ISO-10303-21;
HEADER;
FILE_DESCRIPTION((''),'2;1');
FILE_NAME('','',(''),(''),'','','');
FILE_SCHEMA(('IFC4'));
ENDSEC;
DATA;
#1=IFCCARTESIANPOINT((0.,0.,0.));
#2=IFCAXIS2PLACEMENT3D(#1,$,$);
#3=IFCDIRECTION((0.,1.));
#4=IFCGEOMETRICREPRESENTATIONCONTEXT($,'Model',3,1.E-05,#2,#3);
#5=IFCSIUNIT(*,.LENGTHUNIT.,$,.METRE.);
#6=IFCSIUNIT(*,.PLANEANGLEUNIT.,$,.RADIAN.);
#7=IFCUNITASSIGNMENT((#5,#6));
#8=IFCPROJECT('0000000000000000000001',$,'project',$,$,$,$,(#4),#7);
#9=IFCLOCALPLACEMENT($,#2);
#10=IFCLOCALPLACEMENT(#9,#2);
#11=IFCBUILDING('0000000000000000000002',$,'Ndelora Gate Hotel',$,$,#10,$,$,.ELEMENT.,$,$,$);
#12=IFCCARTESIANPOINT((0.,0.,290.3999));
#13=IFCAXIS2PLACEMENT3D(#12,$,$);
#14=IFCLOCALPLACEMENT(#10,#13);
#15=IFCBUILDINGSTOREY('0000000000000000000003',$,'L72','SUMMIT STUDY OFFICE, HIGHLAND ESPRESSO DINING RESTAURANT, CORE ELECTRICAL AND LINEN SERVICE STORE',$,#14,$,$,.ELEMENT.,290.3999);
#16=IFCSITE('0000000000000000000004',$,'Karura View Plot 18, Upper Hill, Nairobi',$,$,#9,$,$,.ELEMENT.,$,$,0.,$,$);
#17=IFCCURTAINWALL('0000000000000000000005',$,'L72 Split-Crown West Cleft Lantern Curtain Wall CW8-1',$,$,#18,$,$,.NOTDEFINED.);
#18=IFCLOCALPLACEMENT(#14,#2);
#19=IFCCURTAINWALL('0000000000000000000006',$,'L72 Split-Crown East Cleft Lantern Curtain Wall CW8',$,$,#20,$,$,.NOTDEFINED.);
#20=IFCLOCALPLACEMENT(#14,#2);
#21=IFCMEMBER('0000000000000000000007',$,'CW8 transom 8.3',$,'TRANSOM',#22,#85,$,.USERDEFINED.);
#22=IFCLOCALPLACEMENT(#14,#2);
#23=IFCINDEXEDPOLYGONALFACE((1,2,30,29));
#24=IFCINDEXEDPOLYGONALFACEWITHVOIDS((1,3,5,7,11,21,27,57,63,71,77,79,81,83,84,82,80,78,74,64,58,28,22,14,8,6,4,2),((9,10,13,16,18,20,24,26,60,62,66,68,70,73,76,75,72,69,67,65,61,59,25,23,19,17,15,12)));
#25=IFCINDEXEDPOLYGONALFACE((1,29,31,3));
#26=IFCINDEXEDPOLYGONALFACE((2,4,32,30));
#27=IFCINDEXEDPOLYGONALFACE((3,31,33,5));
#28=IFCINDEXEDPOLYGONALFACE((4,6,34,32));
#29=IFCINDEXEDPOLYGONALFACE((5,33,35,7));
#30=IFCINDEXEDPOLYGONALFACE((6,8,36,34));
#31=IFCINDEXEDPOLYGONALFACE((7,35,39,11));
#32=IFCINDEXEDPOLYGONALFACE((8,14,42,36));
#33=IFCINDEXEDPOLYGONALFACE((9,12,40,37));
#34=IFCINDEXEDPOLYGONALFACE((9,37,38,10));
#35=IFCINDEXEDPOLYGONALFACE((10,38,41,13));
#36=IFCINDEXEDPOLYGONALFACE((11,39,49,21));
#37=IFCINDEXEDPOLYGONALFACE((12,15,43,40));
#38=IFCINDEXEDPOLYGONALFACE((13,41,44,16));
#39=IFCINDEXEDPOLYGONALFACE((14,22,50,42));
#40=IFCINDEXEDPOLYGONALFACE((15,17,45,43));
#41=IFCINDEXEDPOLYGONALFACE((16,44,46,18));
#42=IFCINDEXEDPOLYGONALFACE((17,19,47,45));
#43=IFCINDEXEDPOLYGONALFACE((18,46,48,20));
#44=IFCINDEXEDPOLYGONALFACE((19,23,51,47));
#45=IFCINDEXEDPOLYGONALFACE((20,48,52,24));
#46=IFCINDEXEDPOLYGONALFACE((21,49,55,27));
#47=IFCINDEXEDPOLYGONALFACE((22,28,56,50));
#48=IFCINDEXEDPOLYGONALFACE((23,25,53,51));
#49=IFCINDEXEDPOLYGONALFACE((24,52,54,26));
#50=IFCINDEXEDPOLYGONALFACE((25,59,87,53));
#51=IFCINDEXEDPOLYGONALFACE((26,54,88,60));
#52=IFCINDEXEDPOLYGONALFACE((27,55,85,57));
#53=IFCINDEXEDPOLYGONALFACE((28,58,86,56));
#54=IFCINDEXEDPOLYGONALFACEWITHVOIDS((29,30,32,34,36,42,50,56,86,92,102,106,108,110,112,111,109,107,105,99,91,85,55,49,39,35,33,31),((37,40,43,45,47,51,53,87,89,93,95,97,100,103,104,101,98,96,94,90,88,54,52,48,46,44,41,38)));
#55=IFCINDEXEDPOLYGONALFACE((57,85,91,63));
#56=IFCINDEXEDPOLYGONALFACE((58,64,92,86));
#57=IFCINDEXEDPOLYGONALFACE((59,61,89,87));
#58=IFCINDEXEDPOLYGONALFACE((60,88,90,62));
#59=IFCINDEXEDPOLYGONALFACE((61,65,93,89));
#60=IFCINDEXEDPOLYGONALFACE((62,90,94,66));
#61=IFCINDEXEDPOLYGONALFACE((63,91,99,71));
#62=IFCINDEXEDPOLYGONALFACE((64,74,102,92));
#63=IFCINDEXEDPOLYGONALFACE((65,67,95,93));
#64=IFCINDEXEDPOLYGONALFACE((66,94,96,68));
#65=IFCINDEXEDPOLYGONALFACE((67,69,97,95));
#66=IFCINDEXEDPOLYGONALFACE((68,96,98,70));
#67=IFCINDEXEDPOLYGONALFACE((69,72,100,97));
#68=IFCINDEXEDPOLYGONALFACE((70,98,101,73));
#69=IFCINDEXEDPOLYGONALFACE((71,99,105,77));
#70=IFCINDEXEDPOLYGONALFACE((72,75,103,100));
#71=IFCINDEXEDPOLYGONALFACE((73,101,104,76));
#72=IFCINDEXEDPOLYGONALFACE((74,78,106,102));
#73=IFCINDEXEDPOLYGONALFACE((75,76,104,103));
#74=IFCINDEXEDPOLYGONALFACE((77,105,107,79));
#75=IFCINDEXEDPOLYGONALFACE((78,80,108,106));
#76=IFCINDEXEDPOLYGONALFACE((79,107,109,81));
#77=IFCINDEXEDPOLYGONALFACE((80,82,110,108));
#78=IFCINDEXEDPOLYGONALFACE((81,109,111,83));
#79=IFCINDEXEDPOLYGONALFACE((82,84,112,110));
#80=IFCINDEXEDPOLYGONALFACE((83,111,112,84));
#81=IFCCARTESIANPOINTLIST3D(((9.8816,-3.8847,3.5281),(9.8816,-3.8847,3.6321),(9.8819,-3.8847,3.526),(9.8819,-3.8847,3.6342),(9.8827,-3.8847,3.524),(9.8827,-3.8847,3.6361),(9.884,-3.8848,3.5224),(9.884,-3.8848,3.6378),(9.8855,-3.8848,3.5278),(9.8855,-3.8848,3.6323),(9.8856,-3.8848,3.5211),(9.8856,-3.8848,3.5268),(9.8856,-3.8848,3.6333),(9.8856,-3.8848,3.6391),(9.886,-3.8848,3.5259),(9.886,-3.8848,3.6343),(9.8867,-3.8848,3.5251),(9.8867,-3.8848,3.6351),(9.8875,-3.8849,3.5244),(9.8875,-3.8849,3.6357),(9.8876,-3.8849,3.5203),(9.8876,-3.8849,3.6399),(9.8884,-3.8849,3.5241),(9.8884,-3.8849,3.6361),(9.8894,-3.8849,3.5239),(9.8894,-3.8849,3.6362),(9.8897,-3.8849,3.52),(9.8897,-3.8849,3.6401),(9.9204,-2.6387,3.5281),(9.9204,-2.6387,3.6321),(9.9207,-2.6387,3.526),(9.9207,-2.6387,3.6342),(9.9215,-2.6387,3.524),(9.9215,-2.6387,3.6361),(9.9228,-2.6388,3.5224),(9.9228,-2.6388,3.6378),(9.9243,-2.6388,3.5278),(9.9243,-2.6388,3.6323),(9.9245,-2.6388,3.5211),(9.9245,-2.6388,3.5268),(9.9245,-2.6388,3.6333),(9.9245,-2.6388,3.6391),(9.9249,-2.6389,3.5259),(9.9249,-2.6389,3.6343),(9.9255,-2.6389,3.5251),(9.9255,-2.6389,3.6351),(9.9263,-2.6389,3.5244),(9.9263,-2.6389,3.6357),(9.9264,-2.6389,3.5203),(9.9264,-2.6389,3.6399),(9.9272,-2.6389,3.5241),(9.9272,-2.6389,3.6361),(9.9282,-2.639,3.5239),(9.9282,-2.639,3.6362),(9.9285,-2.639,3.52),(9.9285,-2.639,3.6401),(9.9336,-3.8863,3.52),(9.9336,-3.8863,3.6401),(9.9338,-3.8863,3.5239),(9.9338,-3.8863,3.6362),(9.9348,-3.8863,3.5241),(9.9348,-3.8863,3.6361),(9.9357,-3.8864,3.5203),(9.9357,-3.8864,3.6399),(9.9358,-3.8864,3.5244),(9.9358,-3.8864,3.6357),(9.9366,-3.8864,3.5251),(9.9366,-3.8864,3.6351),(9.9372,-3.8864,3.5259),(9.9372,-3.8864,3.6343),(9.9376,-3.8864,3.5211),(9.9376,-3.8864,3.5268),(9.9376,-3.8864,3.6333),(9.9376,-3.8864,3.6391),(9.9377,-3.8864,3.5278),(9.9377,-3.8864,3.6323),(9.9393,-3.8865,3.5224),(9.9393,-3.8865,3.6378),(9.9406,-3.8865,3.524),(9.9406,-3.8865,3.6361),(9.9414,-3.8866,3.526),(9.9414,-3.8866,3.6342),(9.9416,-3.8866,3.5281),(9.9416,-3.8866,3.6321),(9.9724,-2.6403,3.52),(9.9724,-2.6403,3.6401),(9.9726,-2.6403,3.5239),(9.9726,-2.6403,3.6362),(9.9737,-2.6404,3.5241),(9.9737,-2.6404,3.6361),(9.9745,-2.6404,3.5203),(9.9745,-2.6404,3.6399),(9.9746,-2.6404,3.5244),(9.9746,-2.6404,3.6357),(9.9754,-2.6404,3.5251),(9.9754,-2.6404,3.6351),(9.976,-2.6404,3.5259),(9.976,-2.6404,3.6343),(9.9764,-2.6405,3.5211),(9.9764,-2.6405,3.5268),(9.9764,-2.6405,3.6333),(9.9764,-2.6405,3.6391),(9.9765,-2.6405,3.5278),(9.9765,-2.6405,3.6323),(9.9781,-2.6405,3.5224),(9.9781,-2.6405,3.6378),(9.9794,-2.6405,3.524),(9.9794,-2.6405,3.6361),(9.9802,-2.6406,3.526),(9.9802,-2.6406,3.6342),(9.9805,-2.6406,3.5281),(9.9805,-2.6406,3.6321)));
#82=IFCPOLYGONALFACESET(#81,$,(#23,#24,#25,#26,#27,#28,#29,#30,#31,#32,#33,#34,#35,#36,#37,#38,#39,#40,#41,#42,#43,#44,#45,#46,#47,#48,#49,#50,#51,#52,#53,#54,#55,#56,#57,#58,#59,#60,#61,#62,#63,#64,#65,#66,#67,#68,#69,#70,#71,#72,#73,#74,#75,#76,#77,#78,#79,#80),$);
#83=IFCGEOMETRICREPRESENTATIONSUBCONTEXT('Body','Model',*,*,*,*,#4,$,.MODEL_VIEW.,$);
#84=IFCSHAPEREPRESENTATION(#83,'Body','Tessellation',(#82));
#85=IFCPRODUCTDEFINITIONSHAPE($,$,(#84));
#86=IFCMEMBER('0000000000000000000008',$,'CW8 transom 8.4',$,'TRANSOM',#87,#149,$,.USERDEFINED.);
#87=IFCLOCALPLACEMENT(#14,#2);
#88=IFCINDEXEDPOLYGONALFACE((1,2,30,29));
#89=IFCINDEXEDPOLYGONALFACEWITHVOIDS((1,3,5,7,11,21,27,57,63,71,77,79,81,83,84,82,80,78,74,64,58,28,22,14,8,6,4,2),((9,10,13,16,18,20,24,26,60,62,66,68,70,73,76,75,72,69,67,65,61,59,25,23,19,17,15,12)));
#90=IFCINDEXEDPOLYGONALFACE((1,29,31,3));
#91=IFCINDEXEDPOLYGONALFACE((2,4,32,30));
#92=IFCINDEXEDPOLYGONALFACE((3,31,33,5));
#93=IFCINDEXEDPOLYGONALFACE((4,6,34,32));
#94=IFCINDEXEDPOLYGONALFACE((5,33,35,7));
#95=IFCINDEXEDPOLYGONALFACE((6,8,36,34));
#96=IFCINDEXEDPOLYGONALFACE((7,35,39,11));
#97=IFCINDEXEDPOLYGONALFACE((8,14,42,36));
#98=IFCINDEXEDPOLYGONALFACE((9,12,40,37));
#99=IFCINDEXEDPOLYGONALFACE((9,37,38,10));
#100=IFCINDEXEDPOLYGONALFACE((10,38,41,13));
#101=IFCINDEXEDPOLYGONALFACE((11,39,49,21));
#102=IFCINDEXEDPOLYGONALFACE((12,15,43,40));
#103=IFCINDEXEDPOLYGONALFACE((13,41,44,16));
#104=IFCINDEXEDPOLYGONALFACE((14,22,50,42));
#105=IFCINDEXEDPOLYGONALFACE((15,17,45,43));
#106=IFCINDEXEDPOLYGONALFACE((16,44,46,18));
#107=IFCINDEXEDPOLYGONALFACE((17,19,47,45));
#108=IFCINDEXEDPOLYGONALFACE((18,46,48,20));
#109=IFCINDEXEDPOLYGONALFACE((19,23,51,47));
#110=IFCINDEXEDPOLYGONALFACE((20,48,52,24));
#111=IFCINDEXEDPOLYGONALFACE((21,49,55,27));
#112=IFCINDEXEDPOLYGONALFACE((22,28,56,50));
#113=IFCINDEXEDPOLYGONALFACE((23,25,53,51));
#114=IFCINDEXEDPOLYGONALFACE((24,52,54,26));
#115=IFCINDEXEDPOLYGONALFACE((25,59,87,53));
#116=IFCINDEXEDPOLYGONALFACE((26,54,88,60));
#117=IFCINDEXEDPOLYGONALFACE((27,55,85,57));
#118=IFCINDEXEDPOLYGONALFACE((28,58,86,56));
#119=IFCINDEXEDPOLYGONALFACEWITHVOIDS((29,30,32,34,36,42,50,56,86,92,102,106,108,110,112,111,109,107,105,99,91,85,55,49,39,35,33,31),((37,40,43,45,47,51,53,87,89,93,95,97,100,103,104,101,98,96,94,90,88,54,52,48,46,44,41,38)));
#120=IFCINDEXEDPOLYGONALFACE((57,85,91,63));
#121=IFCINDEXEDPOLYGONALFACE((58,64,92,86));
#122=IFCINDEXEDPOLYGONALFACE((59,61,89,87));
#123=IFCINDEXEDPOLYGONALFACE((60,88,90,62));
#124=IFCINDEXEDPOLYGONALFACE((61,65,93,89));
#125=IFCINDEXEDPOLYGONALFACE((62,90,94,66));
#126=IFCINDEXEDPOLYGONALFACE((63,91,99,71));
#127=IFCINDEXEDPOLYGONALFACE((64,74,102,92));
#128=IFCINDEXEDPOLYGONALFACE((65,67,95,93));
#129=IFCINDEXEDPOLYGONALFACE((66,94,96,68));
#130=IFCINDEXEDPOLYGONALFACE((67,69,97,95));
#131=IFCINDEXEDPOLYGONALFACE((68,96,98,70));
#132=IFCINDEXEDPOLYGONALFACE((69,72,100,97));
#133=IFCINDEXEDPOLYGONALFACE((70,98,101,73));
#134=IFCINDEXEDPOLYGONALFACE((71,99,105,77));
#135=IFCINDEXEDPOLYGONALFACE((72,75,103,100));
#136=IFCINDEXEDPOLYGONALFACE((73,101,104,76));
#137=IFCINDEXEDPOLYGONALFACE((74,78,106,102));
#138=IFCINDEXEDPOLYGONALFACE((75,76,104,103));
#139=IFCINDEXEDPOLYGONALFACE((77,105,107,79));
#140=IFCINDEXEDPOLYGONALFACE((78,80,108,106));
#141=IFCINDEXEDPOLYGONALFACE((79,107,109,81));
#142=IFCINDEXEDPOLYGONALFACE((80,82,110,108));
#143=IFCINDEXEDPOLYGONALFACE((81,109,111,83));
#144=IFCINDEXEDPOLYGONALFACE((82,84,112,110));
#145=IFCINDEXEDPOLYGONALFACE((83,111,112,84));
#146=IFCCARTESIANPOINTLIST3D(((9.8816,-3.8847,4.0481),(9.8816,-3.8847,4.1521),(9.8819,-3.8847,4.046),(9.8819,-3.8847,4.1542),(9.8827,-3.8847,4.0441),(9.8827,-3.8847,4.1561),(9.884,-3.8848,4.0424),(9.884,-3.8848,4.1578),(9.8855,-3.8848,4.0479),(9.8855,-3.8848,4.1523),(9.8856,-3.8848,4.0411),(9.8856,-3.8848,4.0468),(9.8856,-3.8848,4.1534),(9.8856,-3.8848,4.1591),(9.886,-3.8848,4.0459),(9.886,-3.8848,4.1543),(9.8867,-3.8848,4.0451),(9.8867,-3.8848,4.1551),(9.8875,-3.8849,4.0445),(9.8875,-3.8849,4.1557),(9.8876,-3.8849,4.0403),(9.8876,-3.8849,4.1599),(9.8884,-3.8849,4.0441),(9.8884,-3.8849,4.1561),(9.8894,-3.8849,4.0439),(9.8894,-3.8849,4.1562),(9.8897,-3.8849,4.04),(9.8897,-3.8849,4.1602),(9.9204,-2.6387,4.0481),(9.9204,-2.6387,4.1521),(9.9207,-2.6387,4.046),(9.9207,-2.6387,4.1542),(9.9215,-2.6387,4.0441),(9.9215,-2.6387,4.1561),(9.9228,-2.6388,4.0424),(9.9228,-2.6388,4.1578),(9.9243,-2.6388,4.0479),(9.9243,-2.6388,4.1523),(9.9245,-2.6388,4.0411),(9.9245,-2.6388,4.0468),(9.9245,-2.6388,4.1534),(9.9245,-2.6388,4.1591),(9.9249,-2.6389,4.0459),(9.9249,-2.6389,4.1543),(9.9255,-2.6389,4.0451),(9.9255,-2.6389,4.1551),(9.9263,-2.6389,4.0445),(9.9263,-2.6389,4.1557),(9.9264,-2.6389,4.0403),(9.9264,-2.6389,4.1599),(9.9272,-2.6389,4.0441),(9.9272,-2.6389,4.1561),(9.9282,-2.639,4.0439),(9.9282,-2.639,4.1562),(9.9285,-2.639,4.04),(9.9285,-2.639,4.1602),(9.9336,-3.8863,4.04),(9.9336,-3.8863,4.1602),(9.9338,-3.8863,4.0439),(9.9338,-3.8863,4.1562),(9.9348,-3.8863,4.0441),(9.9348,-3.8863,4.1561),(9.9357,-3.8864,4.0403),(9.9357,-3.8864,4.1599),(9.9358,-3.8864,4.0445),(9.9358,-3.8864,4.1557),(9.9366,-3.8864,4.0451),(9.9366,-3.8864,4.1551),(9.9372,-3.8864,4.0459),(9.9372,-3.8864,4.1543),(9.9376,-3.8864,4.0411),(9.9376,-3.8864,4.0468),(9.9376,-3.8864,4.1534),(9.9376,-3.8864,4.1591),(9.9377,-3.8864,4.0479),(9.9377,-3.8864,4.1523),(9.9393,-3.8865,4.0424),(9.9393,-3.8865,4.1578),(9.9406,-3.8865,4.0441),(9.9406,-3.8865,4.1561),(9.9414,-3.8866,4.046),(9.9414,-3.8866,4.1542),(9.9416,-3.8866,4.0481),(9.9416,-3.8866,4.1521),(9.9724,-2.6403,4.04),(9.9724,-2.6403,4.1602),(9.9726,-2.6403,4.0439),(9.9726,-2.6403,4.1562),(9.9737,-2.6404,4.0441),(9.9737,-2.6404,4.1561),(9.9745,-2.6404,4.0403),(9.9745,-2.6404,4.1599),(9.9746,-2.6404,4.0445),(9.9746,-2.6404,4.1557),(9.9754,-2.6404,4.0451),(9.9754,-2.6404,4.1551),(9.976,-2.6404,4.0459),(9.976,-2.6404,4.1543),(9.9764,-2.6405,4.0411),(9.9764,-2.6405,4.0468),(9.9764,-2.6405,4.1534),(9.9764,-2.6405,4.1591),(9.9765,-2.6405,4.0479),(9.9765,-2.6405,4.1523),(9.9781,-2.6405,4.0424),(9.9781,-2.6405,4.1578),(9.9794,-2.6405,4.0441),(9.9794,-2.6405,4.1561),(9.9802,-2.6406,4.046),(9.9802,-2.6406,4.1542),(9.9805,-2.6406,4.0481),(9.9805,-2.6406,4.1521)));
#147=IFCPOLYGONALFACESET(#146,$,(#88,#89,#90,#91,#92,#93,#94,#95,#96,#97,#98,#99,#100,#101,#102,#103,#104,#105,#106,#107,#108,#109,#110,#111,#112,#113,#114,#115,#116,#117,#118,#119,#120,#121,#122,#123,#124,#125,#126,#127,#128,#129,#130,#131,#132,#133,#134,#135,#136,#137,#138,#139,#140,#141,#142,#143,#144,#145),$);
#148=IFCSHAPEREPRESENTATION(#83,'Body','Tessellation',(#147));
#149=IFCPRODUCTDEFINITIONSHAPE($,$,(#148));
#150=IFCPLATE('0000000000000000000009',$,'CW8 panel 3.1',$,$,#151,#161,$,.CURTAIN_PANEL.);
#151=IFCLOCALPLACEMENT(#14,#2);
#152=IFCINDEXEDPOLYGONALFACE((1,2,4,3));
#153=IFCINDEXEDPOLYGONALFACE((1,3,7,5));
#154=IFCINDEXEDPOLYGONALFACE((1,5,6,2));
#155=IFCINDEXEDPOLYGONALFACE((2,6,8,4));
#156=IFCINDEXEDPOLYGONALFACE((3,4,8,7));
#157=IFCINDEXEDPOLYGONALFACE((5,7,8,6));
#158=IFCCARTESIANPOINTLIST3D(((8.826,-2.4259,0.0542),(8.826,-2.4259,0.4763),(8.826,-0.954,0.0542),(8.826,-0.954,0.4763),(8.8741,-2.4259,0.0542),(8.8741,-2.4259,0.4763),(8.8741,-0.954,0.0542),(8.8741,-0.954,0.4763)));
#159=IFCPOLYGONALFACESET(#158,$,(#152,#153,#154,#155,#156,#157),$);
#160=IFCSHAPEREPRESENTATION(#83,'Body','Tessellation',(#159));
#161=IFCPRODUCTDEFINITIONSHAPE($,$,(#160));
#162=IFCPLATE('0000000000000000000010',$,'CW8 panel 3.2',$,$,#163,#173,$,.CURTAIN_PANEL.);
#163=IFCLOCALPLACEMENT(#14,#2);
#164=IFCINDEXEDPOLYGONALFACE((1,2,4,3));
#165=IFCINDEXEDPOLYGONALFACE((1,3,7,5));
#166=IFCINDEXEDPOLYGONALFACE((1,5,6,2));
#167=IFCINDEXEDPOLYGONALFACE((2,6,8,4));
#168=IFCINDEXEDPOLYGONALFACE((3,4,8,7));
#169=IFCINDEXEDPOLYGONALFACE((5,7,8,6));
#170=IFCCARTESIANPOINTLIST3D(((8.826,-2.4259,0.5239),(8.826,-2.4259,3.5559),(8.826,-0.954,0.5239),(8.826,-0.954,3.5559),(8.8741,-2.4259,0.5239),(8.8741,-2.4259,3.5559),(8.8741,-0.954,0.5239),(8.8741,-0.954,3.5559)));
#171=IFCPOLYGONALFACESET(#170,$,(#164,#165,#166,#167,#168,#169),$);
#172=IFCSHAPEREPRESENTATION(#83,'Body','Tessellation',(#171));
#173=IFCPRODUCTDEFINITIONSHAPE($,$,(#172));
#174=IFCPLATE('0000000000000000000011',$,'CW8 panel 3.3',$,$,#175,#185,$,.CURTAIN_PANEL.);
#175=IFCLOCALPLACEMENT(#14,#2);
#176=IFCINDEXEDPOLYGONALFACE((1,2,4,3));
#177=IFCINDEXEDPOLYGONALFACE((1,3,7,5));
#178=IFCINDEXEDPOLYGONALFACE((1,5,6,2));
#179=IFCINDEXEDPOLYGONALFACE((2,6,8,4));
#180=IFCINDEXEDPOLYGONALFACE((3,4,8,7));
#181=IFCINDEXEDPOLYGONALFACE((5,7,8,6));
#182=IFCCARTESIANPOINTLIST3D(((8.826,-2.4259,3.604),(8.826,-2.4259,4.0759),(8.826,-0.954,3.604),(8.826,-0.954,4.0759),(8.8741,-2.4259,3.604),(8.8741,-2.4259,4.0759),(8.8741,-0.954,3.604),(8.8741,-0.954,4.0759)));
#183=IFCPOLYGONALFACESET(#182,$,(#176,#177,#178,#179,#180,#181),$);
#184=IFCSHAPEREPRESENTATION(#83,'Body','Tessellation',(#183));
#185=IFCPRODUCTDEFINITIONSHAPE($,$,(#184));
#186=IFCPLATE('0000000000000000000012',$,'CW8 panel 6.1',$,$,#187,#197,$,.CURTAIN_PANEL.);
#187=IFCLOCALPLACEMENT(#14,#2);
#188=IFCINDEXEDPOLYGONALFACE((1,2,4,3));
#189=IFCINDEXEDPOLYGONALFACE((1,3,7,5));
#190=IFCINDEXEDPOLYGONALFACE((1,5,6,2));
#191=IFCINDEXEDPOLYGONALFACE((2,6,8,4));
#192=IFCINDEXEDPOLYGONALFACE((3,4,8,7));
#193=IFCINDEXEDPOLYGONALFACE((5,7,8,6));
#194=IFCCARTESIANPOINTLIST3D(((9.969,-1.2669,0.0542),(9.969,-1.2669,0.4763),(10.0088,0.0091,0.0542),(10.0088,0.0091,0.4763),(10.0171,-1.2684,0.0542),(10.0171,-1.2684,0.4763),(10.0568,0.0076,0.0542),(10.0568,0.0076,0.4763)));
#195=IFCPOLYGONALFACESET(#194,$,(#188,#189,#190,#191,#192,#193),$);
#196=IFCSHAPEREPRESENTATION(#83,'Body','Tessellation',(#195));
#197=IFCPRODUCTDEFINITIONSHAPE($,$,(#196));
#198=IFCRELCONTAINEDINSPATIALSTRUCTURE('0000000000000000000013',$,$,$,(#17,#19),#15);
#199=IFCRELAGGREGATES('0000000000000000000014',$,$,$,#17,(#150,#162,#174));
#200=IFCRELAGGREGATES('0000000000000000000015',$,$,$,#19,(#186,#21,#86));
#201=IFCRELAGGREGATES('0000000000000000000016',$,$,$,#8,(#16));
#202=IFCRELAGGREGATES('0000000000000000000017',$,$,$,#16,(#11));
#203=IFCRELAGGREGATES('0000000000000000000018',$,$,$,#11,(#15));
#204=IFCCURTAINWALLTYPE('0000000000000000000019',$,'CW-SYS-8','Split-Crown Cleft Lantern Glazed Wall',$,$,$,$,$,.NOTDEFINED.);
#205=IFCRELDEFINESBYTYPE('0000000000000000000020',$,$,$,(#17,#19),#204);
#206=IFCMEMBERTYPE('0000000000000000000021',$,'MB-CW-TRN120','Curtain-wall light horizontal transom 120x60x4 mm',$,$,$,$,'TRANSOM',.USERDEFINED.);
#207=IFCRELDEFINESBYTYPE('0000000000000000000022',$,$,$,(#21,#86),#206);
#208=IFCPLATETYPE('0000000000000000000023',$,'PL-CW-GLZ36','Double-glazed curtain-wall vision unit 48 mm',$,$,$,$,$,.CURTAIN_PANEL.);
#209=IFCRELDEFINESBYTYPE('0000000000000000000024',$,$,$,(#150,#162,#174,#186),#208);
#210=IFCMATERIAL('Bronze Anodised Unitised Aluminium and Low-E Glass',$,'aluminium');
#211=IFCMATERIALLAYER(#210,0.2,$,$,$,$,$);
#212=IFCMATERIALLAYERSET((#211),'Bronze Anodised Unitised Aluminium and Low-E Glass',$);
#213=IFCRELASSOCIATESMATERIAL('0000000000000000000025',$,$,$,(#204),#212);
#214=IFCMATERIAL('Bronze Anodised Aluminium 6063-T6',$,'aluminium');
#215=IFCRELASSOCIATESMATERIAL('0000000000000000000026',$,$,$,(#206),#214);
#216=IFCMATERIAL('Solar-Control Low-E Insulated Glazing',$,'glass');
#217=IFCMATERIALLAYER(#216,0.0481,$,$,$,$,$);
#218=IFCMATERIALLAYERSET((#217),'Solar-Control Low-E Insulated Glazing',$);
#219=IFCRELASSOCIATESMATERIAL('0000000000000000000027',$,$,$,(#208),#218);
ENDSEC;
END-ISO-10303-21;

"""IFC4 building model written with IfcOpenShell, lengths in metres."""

from ifc_helpers import new_model, si_unit, direction, frame, origin, origin_2d, place, context, subcontext, project, spatial, rectangle, hollow_rectangle, extrude, material, layer, layer_set, material_profile, profile_set, type_object, element, aggregate, save


model = new_model("IFC4")

# Units and contexts
model_context = context("Model", 3, precision=1e-05, world=origin(), true_north=direction((0.0, 1.0)))
body_context = subcontext(model_context, "Body", "Model", "MODEL_VIEW")
ifc_project = project(units=[si_unit("LENGTHUNIT", "METRE"), si_unit("PLANEANGLEUNIT", "RADIAN")], contexts=[model_context])

# Site, building, storey
site_placement = place(None, origin())
site = spatial("IfcSite", under=ifc_project, at=site_placement, Name="Karura View Plot 18, Upper Hill, Nairobi", CompositionType="ELEMENT", RefElevation=0.0)
building_placement = place(site_placement, origin())
building = spatial("IfcBuilding", under=site, at=building_placement, Name="Ndelora Gate Hotel", CompositionType="ELEMENT")
storey_placement = place(building_placement, frame((0.0, 0.0, 290.3999)))
storey = spatial("IfcBuildingStorey", under=building, at=storey_placement, Name="L72", Description="SUMMIT STUDY OFFICE, HIGHLAND ESPRESSO DINING RESTAURANT, CORE ELECTRICAL AND LINEN SERVICE STORE", CompositionType="ELEMENT", Elevation=290.3999)

# Curtain wall
ifc_material_1 = material(Name="Bronze Anodised Unitised Aluminium and Low-E Glass", Category="aluminium")
ifc_layer_1 = layer(ifc_material_1, 0.2)
ifc_layer_set_1 = layer_set([ifc_layer_1], Name="Bronze Anodised Unitised Aluminium and Low-E Glass")
curtain_wall_type = type_object("IfcCurtainWallType", Name="CW-SYS-8", Description="Split-Crown Cleft Lantern Glazed Wall", PredefinedType="NOTDEFINED", material=ifc_layer_set_1)
curtain_wall_1_placement = place(storey_placement, origin())
curtain_wall_1 = element("IfcCurtainWall", 1, at=curtain_wall_1_placement, inside=storey, type_object=curtain_wall_type, Name="L72 Split-Crown West Cleft Lantern Curtain Wall CW8-1", PredefinedType="NOTDEFINED")
ifc_material_2 = material(Name="Bronze Anodised Aluminium 6063-T6", Category="aluminium")

# Curtain wall, members
curtain_wall_2_placement = place(storey_placement, origin())
curtain_wall_2 = element("IfcCurtainWall", 2, at=curtain_wall_2_placement, inside=storey, type_object=curtain_wall_type, Name="L72 Split-Crown East Cleft Lantern Curtain Wall CW8", PredefinedType="NOTDEFINED")
ifc_material_profile_1 = material_profile(ifc_material_2, hollow_rectangle(XDim=0.0601, YDim=0.1201, WallThickness=0.0039, InnerFilletRadius=0.0039, OuterFilletRadius=0.0081, at=origin_2d()), Name="ALU 120x60x4")
ifc_profile_set_1 = profile_set([ifc_material_profile_1], Name="Bronze Anodised Aluminium 6063-T6")
member_type_1 = type_object("IfcMemberType", Name="MB-CW-TRN120", Description="Curtain-wall light horizontal transom 120x60x4 mm", ElementType="TRANSOM", PredefinedType="USERDEFINED", material=ifc_profile_set_1)
member_1_placement = place(storey_placement, frame((9.9504, -2.6396, 3.5801), z_axis=(-0.031137, -0.999515, 0.0), x_axis=(0.999515, -0.031137, 0.0)))
member_1 = element("IfcMember", 3, at=member_1_placement, type_object=member_type_1, Name="CW8 transom 8.3", ObjectType="TRANSOM", PredefinedType="USERDEFINED", context=body_context, shape_type="SweptSolid", body=[
    extrude(hollow_rectangle(XDim=0.0601, YDim=0.1201, WallThickness=0.0039, InnerFilletRadius=0.0039, OuterFilletRadius=0.0081, at=origin_2d()), origin(), (0.0, 0.0, 1.0), 1.2466),
])
member_2_placement = place(storey_placement, frame((9.9504, -2.6396, 4.1001), z_axis=(-0.031137, -0.999515, 0.0), x_axis=(0.999515, -0.031137, 0.0)))
member_2 = element("IfcMember", 4, at=member_2_placement, type_object=member_type_1, Name="CW8 transom 8.4", ObjectType="TRANSOM", PredefinedType="USERDEFINED", context=body_context, shape_type="SweptSolid", body=[
    extrude(hollow_rectangle(XDim=0.0601, YDim=0.1201, WallThickness=0.0039, InnerFilletRadius=0.0039, OuterFilletRadius=0.0081, at=origin_2d()), origin(), (0.0, 0.0, 1.0), 1.2466),
])

# Plates
ifc_material_3 = material(Name="Solar-Control Low-E Insulated Glazing", Category="glass")
ifc_layer_2 = layer(ifc_material_3, 0.0481)
ifc_layer_set_2 = layer_set([ifc_layer_2], Name="Solar-Control Low-E Insulated Glazing")
plate_type = type_object("IfcPlateType", Name="PL-CW-GLZ36", Description="Double-glazed curtain-wall vision unit 48 mm", PredefinedType="CURTAIN_PANEL", material=ifc_layer_set_2)
plate_1_placement = place(storey_placement, frame((8.8501, -1.6899, 0.0542), z_axis=(0.0, 0.0, 1.0), x_axis=(0.0, 1.0, 0.0)))
plate_1 = element("IfcPlate", 5, at=plate_1_placement, type_object=plate_type, Name="CW8 panel 3.1", PredefinedType="CURTAIN_PANEL", context=body_context, shape_type="SweptSolid", body=[
    extrude(rectangle(XDim=1.4719, YDim=0.0481, at=origin_2d()), origin(), (0.0, 0.0, 1.0), 0.4221),
])
plate_2_placement = place(storey_placement, frame((8.8501, -1.6899, 0.5239), z_axis=(0.0, 0.0, 1.0), x_axis=(0.0, 1.0, 0.0)))
plate_2 = element("IfcPlate", 6, at=plate_2_placement, type_object=plate_type, Name="CW8 panel 3.2", PredefinedType="CURTAIN_PANEL", context=body_context, shape_type="SweptSolid", body=[
    extrude(rectangle(XDim=1.4719, YDim=0.0481, at=origin_2d()), origin(), (0.0, 0.0, 1.0), 3.032),
])
plate_3_placement = place(storey_placement, frame((8.8501, -1.6899, 3.604), z_axis=(0.0, 0.0, 1.0), x_axis=(0.0, 1.0, 0.0)))
plate_3 = element("IfcPlate", 7, at=plate_3_placement, type_object=plate_type, Name="CW8 panel 3.3", PredefinedType="CURTAIN_PANEL", context=body_context, shape_type="SweptSolid", body=[
    extrude(rectangle(XDim=1.4719, YDim=0.0481, at=origin_2d()), origin(), (0.0, 0.0, 1.0), 0.4719),
])
aggregate(curtain_wall_1, [plate_1, plate_2, plate_3])
plate_4_placement = place(storey_placement, frame((10.0129, -0.6296, 0.0542), z_axis=(0.0, 0.0, 1.0), x_axis=(-0.031131, -0.999515, 0.0)))
plate_4 = element("IfcPlate", 8, at=plate_4_placement, type_object=plate_type, Name="CW8 panel 6.1", PredefinedType="CURTAIN_PANEL", context=body_context, shape_type="SweptSolid", body=[
    extrude(rectangle(XDim=1.2766, YDim=0.0481, at=origin_2d()), origin(), (0.0, 0.0, 1.0), 0.4221),
])
aggregate(curtain_wall_2, [plate_4, member_1, member_2])

save(model, "model.ifc")
